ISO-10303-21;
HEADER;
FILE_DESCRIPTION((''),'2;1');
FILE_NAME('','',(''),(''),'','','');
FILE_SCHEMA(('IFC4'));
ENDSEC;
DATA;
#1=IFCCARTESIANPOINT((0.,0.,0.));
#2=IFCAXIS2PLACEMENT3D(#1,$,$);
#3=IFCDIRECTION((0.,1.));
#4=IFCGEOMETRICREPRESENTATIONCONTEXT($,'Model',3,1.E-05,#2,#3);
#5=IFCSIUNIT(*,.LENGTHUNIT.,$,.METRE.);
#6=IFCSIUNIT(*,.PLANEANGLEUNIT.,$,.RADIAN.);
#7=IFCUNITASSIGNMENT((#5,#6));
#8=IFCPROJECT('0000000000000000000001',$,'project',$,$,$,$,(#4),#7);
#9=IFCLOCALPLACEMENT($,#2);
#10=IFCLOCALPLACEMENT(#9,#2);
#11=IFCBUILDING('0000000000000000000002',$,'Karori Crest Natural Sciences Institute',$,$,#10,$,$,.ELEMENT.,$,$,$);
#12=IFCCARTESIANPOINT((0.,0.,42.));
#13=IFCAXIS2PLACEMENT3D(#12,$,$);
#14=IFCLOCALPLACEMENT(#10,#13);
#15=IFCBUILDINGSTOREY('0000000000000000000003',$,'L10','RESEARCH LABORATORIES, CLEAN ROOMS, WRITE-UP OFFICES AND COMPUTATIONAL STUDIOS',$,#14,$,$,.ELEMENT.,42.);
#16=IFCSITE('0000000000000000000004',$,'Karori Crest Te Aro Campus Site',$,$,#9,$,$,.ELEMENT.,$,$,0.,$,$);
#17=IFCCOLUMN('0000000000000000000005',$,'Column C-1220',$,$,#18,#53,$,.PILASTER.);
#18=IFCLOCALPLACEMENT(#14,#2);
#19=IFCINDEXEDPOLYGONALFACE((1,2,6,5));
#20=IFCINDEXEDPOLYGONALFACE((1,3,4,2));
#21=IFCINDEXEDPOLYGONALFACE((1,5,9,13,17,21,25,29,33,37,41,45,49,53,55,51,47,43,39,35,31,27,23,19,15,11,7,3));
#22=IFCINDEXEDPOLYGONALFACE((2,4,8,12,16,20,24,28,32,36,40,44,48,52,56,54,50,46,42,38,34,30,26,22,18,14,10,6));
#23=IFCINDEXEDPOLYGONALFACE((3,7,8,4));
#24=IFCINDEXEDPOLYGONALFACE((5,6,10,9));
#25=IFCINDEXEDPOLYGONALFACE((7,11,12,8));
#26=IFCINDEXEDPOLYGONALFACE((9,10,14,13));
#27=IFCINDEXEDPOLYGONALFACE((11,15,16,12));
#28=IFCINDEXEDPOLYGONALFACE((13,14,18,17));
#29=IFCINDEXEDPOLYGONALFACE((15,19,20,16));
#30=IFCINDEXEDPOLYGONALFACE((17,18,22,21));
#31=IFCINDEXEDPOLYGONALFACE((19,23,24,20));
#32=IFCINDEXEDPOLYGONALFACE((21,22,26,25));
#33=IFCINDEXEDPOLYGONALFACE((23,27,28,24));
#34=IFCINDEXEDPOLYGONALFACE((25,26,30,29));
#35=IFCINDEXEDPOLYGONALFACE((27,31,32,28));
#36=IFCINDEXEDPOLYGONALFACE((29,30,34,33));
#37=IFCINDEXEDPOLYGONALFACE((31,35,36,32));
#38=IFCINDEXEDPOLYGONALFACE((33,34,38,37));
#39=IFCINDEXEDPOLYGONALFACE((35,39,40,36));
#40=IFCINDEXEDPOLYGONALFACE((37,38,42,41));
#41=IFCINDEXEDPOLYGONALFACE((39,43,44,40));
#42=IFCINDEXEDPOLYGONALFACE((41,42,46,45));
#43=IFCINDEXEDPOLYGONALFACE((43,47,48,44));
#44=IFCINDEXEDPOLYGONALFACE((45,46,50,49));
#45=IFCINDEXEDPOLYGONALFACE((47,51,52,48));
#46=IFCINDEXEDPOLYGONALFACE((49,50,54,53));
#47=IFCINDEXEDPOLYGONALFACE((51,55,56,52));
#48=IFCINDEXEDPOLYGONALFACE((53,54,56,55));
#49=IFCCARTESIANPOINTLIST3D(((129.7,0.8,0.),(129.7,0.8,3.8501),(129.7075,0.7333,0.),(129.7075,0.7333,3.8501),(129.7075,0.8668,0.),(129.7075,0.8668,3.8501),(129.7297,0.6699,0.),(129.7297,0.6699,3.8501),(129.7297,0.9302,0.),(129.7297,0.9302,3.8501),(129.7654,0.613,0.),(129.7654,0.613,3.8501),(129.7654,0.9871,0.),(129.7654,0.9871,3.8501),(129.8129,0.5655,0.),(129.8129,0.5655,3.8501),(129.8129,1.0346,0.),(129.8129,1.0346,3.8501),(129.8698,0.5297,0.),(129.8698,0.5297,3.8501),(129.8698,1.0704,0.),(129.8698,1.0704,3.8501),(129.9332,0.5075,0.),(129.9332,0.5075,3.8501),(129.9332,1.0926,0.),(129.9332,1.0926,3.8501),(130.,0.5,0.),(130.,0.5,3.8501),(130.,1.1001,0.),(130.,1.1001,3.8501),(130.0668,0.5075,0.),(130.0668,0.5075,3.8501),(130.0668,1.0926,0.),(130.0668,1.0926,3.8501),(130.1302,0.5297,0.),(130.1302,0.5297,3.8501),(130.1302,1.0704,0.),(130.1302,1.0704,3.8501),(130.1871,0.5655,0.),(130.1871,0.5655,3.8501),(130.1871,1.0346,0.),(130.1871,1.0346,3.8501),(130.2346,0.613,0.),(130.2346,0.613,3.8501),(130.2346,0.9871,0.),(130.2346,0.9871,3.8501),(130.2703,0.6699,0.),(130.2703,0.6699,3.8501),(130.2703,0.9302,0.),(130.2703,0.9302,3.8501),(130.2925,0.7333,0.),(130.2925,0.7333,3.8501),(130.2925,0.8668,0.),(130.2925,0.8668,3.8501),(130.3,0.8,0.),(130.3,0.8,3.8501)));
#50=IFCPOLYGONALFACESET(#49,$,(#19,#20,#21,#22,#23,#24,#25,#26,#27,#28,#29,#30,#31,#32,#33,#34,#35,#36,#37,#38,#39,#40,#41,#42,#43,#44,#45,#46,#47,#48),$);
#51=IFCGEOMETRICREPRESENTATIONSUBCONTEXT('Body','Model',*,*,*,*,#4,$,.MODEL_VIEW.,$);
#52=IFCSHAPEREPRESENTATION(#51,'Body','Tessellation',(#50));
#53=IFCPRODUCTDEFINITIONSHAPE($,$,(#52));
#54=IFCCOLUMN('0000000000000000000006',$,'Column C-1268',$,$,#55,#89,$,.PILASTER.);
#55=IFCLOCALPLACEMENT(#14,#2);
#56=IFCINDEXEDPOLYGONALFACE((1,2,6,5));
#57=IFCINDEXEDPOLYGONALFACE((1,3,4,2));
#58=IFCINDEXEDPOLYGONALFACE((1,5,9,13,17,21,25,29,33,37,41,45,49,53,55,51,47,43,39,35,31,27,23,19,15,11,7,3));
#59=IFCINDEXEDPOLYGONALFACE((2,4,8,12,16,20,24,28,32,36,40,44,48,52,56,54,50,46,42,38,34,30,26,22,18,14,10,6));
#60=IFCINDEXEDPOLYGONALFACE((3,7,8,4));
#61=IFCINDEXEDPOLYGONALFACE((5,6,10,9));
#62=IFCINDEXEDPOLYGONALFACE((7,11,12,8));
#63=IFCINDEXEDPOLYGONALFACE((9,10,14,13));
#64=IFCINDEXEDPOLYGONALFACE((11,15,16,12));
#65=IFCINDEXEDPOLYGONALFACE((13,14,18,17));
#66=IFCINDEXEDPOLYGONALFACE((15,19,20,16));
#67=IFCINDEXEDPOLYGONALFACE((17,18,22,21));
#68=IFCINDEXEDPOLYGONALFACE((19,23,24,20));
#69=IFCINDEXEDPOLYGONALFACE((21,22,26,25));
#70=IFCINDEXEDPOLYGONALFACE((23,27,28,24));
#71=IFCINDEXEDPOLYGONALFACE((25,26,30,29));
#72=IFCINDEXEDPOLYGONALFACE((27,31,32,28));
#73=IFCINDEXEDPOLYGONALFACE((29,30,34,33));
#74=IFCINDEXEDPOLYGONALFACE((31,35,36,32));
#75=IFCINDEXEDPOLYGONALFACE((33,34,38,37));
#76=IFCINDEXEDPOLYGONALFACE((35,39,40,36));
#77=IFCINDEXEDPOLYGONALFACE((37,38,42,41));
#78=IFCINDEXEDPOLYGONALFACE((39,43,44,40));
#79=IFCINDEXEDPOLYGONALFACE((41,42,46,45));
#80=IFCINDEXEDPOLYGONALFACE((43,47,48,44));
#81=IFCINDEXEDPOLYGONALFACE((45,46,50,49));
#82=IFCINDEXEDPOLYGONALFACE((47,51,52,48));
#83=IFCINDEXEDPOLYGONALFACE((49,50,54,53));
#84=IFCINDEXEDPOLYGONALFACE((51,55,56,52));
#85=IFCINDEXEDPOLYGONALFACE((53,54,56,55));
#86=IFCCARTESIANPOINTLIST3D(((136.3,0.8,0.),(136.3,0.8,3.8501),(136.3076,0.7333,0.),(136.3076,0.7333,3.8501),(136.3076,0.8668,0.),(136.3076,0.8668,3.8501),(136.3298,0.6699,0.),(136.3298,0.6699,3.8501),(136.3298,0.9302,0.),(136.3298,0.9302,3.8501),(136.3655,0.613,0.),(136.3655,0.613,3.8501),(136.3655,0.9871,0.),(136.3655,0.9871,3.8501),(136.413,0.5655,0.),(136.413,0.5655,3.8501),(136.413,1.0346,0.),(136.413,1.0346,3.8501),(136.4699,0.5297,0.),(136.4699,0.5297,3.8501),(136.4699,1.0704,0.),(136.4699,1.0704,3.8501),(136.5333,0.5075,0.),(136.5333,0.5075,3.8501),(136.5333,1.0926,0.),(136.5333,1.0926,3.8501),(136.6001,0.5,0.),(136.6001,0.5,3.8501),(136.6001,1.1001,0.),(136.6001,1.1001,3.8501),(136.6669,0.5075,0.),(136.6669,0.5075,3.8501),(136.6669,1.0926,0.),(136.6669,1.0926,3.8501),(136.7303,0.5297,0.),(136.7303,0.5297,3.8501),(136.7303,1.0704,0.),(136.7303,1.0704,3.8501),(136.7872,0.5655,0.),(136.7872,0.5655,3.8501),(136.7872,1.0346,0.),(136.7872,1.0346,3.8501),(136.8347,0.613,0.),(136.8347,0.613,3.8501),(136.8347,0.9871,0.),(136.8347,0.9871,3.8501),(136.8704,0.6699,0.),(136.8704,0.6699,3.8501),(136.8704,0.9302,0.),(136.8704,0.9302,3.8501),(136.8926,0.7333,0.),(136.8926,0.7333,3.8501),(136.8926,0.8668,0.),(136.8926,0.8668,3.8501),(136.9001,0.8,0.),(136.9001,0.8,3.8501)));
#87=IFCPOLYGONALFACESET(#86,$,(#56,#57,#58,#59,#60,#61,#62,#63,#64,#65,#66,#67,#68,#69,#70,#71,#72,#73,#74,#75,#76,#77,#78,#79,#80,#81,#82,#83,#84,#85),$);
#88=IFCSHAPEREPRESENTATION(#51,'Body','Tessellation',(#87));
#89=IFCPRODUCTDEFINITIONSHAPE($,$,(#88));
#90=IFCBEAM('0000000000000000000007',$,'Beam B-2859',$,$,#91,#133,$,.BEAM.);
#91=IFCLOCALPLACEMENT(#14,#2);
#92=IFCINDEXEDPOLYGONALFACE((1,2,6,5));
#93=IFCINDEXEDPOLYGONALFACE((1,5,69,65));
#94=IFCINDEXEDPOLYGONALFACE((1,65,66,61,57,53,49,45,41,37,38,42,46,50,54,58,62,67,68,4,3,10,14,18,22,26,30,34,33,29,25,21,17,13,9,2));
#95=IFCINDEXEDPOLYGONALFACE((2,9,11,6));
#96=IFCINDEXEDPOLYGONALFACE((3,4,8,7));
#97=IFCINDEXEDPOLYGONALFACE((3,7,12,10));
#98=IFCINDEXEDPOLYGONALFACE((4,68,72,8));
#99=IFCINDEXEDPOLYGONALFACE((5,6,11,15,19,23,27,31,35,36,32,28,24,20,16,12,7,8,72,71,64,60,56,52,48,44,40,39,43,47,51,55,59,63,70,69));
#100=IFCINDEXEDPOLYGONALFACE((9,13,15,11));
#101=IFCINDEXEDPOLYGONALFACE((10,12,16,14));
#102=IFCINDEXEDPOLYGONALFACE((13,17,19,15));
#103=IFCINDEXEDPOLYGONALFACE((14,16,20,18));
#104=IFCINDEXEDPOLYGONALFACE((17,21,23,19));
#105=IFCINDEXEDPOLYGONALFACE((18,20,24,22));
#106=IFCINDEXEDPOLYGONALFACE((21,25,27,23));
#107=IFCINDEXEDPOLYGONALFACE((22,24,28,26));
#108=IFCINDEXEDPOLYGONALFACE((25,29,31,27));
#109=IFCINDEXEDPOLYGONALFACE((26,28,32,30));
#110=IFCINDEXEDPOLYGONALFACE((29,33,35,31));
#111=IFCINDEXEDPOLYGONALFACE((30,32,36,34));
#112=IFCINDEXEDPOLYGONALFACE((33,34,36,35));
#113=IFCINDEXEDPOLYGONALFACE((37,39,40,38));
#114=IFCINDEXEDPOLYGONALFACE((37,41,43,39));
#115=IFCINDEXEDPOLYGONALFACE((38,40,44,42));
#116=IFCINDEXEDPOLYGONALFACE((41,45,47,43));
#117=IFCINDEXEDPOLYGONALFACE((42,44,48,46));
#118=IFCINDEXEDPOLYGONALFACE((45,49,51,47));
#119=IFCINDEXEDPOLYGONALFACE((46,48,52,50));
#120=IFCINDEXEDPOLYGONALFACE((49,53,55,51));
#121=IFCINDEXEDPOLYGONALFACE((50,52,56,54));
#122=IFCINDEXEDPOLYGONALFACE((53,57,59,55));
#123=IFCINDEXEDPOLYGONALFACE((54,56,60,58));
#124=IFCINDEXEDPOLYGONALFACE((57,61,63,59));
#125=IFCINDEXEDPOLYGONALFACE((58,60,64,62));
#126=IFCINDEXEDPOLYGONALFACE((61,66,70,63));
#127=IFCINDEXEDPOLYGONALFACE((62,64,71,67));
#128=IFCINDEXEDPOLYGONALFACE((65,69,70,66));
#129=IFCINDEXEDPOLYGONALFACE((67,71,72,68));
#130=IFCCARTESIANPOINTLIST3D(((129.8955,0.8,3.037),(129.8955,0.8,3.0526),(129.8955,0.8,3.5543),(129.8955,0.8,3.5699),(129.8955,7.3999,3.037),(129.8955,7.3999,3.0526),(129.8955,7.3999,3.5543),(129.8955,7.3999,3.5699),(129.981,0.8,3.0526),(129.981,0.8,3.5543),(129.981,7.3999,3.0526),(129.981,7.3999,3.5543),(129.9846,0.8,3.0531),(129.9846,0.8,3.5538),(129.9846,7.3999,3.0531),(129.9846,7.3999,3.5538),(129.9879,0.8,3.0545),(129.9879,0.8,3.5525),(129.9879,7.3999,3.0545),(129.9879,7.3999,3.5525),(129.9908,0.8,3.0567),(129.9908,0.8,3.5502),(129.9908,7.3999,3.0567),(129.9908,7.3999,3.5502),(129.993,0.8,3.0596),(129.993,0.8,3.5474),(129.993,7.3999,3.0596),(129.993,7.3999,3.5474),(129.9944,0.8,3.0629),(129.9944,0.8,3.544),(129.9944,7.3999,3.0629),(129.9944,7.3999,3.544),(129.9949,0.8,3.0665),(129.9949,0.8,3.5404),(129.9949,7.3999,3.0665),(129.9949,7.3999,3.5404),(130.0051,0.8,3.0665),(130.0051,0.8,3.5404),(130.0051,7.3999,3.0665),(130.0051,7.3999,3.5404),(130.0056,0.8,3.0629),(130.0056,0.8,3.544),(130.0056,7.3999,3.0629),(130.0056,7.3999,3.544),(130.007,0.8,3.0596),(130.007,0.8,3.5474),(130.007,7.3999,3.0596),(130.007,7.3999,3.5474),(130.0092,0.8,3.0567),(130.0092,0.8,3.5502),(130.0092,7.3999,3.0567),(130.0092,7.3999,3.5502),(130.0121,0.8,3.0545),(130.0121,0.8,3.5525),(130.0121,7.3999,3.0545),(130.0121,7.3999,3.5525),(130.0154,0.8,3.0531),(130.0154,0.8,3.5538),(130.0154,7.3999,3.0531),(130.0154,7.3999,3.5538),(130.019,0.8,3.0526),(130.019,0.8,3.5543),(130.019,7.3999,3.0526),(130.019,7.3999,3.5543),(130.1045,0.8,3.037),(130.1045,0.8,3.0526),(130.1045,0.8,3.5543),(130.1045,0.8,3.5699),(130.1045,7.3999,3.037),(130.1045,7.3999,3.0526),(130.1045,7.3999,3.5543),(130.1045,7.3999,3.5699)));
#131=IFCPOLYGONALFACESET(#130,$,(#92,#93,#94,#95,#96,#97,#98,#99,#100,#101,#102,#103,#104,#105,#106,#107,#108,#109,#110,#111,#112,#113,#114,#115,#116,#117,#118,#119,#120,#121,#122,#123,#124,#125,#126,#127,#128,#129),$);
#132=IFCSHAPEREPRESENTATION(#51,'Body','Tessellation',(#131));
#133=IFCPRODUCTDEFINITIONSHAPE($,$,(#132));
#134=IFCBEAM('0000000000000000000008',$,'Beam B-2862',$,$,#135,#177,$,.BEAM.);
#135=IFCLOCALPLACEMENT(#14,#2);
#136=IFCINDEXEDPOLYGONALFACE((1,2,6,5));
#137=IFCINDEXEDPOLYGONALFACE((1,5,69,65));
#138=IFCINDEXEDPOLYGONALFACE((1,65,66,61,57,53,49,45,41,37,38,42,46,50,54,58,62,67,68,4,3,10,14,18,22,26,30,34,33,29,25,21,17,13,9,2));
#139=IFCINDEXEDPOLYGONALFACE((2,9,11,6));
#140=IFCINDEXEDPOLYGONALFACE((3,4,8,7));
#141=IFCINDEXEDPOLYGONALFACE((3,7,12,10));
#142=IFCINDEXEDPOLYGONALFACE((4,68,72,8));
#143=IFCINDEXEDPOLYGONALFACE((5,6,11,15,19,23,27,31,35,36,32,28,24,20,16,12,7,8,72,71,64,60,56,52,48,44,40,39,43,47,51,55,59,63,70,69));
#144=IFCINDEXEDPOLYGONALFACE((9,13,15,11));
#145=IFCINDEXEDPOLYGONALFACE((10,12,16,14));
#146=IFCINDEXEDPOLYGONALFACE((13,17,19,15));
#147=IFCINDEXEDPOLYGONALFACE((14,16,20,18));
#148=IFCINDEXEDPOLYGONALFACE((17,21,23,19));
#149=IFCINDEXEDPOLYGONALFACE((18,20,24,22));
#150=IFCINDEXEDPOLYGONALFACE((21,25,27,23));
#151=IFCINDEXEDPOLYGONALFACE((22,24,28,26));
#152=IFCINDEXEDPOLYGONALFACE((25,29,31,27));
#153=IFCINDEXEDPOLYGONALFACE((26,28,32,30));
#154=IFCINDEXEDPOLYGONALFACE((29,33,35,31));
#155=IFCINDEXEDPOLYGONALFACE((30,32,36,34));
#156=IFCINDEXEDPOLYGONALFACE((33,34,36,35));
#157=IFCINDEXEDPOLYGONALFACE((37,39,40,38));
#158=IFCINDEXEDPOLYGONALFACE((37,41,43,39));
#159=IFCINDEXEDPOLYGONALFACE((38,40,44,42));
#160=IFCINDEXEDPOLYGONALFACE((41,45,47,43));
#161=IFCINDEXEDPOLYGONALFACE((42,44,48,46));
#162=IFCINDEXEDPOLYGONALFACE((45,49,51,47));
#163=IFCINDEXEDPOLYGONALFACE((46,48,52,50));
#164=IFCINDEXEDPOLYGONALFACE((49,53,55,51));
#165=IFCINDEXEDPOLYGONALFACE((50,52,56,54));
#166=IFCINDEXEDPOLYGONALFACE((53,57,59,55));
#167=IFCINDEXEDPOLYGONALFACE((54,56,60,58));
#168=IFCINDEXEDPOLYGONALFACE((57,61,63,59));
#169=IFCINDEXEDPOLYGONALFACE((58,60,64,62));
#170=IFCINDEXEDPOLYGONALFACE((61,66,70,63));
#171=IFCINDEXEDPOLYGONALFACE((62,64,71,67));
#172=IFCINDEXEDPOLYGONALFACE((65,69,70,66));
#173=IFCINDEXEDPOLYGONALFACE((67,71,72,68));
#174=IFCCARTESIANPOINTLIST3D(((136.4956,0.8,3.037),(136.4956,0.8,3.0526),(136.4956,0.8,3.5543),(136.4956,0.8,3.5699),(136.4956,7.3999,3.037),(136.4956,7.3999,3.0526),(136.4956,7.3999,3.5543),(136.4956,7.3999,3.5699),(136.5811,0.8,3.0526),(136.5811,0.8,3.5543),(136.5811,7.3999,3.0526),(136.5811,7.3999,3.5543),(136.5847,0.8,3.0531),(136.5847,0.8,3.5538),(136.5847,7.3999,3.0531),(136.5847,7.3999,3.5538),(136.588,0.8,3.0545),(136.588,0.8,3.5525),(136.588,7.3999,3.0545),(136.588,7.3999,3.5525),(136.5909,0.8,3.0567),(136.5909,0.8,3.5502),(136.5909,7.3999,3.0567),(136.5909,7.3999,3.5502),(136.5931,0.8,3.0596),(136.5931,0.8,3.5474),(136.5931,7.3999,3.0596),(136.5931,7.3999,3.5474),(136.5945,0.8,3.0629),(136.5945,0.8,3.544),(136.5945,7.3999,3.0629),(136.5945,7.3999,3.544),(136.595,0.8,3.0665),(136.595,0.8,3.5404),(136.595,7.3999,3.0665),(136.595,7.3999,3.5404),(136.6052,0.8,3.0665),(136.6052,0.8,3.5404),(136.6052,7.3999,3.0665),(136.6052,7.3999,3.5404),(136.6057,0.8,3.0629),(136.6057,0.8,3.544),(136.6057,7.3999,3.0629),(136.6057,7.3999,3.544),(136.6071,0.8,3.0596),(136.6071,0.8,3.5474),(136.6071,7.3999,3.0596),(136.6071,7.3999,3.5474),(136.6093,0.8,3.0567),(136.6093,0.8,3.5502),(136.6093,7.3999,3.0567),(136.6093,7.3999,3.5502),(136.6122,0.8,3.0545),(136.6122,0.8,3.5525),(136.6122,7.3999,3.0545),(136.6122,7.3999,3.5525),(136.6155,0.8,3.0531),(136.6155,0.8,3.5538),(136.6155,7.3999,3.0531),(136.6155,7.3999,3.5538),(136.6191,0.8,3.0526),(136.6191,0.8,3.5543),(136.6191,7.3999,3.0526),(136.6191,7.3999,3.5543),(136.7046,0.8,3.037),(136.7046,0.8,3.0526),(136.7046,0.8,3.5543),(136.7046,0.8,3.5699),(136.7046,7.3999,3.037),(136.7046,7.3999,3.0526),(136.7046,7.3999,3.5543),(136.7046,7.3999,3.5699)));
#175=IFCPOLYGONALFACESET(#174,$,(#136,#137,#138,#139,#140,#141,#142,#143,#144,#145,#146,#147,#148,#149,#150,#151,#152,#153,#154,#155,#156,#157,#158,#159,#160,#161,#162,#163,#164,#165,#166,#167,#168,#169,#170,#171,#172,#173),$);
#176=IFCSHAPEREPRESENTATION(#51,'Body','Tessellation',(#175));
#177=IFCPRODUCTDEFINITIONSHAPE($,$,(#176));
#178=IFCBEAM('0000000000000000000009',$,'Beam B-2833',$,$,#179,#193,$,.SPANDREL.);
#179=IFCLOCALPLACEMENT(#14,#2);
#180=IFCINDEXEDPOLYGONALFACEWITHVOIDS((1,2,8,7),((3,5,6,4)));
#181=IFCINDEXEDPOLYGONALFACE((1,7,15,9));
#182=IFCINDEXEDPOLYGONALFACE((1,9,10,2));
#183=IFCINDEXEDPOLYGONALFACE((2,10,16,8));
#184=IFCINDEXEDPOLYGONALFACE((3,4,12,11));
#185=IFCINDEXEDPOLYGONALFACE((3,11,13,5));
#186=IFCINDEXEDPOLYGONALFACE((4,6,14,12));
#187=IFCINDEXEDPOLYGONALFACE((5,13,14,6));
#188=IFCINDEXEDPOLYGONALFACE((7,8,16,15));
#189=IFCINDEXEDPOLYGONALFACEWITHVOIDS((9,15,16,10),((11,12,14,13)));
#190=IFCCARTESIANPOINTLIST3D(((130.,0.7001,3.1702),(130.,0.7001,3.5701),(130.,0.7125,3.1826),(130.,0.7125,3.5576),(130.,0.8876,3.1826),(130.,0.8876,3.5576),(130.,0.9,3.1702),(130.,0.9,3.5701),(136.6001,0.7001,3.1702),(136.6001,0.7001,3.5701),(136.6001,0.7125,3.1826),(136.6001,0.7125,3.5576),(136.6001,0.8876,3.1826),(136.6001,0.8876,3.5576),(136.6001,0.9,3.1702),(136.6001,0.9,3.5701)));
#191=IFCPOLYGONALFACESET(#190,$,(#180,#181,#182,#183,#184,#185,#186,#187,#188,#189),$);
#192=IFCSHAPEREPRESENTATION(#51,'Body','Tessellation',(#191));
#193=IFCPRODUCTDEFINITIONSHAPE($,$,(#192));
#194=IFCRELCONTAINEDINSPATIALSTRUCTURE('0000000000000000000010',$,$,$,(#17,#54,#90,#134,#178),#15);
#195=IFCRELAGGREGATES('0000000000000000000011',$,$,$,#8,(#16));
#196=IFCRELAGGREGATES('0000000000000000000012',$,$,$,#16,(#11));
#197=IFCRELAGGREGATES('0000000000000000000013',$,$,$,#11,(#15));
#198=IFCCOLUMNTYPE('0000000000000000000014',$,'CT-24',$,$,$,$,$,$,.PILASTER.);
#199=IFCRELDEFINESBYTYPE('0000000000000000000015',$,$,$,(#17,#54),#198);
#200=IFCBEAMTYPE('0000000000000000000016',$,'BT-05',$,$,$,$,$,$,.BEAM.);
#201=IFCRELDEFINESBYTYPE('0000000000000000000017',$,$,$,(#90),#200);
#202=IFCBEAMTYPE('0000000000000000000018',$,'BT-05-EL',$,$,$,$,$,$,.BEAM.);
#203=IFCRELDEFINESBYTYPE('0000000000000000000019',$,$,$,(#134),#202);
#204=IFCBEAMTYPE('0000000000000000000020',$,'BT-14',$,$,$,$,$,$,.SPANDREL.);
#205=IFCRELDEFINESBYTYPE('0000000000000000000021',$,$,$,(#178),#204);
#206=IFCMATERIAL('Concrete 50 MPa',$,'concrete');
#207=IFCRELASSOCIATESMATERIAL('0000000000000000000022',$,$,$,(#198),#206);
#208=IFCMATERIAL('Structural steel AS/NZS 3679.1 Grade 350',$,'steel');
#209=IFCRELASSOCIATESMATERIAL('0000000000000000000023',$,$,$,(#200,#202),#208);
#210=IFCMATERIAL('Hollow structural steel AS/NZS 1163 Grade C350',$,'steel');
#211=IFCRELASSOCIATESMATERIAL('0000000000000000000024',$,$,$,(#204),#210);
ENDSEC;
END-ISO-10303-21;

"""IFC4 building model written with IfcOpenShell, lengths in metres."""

from ifc_helpers import new_model, si_unit, direction, frame, origin, origin_2d, place, context, subcontext, project, spatial, hollow_rectangle, circle, i_section, extrude, material, material_profile, profile_set, type_object, element, save


model = new_model("IFC4")

# Units and contexts
model_context = context("Model", 3, precision=1e-05, world=origin(), true_north=direction((0.0, 1.0)))
body_context = subcontext(model_context, "Body", "Model", "MODEL_VIEW")
ifc_project = project(units=[si_unit("LENGTHUNIT", "METRE"), si_unit("PLANEANGLEUNIT", "RADIAN")], contexts=[model_context])

# Site, building, storey
site_placement = place(None, origin())
site = spatial("IfcSite", under=ifc_project, at=site_placement, Name="Karori Crest Te Aro Campus Site", CompositionType="ELEMENT", RefElevation=0.0)
building_placement = place(site_placement, origin())
building = spatial("IfcBuilding", under=site, at=building_placement, Name="Karori Crest Natural Sciences Institute", CompositionType="ELEMENT")
storey_placement = place(building_placement, frame((0.0, 0.0, 42.0)))
storey = spatial("IfcBuildingStorey", under=building, at=storey_placement, Name="L10", Description="RESEARCH LABORATORIES, CLEAN ROOMS, WRITE-UP OFFICES AND COMPUTATIONAL STUDIOS", CompositionType="ELEMENT", Elevation=42.0)

# Columns
ifc_material_1 = material(Name="Concrete 50 MPa", Category="concrete")
ifc_material_profile_1 = material_profile(ifc_material_1, circle(Radius=0.3, at=origin_2d()), Name="RCC600")
ifc_profile_set_1 = profile_set([ifc_material_profile_1], Name="Concrete 50 MPa")
column_type = type_object("IfcColumnType", Name="CT-24", PredefinedType="PILASTER", material=ifc_profile_set_1)
for number, where, z_axis, x_axis, name in (
    (1, (130.0, 0.8, 0.0), (0.0, 0.0, 1.0), (1.0, 0.0, 0.0), "Column C-1220"),
    (2, (136.6001, 0.8, 0.0), (0.0, 0.0, 1.0), (1.0, 0.0, 0.0), "Column C-1268"),
):
    element("IfcColumn", number, at=place(storey_placement, frame(where, z_axis=z_axis, x_axis=x_axis)), inside=storey, type_object=column_type, Name=name, PredefinedType="PILASTER", context=body_context, shape_type="SweptSolid", body=[
        extrude(circle(Radius=0.3, at=origin_2d()), origin(), (0.0, 0.0, 1.0), 3.8501),
    ])

# Beams
ifc_material_2 = material(Name="Structural steel AS/NZS 3679.1 Grade 350", Category="steel")
ifc_material_profile_2 = material_profile(ifc_material_2, i_section(OverallWidth=0.209, OverallDepth=0.533, WebThickness=0.0103, FlangeThickness=0.0156, FilletRadius=0.0139, at=origin_2d()), Name="530UB92.4")
ifc_profile_set_2 = profile_set([ifc_material_profile_2], Name="Structural steel AS/NZS 3679.1 Grade 350")
beam_type_1 = type_object("IfcBeamType", Name="BT-05", PredefinedType="BEAM", material=ifc_profile_set_2)
beam_1_placement = place(storey_placement, frame((130.0, 0.8, 3.3035), z_axis=(0.0, 1.0, 0.0), x_axis=(-1.0, 0.0, 0.0)))
element("IfcBeam", 3, at=beam_1_placement, inside=storey, type_object=beam_type_1, Name="Beam B-2859", PredefinedType="BEAM", context=body_context, shape_type="SweptSolid", body=[
    extrude(i_section(OverallWidth=0.209, OverallDepth=0.533, WebThickness=0.0103, FlangeThickness=0.0156, FilletRadius=0.0139, at=origin_2d()), origin(), (0.0, 0.0, 1.0), 6.5999),
])
ifc_material_profile_3 = material_profile(ifc_material_2, i_section(OverallWidth=0.209, OverallDepth=0.533, WebThickness=0.0103, FlangeThickness=0.0156, FilletRadius=0.0139, at=origin_2d()), Name="530UB92.4")
ifc_profile_set_3 = profile_set([ifc_material_profile_3], Name="Structural steel AS/NZS 3679.1 Grade 350")
beam_type_2 = type_object("IfcBeamType", Name="BT-05-EL", PredefinedType="BEAM", material=ifc_profile_set_3)
beam_2_placement = place(storey_placement, frame((136.6001, 0.8, 3.3035), z_axis=(0.0, 1.0, 0.0), x_axis=(-1.0, 0.0, 0.0)))
element("IfcBeam", 4, at=beam_2_placement, inside=storey, type_object=beam_type_2, Name="Beam B-2862", PredefinedType="BEAM", context=body_context, shape_type="SweptSolid", body=[
    extrude(i_section(OverallWidth=0.209, OverallDepth=0.533, WebThickness=0.0103, FlangeThickness=0.0156, FilletRadius=0.0139, at=origin_2d()), origin(), (0.0, 0.0, 1.0), 6.5999),
])
ifc_material_3 = material(Name="Hollow structural steel AS/NZS 1163 Grade C350", Category="steel")
ifc_material_profile_4 = material_profile(ifc_material_3, hollow_rectangle(XDim=0.2, YDim=0.3999, WallThickness=0.0125, at=origin_2d()), Name="RHS400x200x12.5")
ifc_profile_set_4 = profile_set([ifc_material_profile_4], Name="Hollow structural steel AS/NZS 1163 Grade C350")
beam_type_3 = type_object("IfcBeamType", Name="BT-14", PredefinedType="SPANDREL", material=ifc_profile_set_4)
beam_3_placement = place(storey_placement, frame((130.0, 0.8, 3.3701), z_axis=(1.0, 0.0, 0.0), x_axis=(0.0, 1.0, 0.0)))
element("IfcBeam", 5, at=beam_3_placement, inside=storey, type_object=beam_type_3, Name="Beam B-2833", PredefinedType="SPANDREL", context=body_context, shape_type="SweptSolid", body=[
    extrude(hollow_rectangle(XDim=0.2, YDim=0.3999, WallThickness=0.0125, at=origin_2d()), origin(), (0.0, 0.0, 1.0), 6.6001),
])

save(model, "model.ifc")
